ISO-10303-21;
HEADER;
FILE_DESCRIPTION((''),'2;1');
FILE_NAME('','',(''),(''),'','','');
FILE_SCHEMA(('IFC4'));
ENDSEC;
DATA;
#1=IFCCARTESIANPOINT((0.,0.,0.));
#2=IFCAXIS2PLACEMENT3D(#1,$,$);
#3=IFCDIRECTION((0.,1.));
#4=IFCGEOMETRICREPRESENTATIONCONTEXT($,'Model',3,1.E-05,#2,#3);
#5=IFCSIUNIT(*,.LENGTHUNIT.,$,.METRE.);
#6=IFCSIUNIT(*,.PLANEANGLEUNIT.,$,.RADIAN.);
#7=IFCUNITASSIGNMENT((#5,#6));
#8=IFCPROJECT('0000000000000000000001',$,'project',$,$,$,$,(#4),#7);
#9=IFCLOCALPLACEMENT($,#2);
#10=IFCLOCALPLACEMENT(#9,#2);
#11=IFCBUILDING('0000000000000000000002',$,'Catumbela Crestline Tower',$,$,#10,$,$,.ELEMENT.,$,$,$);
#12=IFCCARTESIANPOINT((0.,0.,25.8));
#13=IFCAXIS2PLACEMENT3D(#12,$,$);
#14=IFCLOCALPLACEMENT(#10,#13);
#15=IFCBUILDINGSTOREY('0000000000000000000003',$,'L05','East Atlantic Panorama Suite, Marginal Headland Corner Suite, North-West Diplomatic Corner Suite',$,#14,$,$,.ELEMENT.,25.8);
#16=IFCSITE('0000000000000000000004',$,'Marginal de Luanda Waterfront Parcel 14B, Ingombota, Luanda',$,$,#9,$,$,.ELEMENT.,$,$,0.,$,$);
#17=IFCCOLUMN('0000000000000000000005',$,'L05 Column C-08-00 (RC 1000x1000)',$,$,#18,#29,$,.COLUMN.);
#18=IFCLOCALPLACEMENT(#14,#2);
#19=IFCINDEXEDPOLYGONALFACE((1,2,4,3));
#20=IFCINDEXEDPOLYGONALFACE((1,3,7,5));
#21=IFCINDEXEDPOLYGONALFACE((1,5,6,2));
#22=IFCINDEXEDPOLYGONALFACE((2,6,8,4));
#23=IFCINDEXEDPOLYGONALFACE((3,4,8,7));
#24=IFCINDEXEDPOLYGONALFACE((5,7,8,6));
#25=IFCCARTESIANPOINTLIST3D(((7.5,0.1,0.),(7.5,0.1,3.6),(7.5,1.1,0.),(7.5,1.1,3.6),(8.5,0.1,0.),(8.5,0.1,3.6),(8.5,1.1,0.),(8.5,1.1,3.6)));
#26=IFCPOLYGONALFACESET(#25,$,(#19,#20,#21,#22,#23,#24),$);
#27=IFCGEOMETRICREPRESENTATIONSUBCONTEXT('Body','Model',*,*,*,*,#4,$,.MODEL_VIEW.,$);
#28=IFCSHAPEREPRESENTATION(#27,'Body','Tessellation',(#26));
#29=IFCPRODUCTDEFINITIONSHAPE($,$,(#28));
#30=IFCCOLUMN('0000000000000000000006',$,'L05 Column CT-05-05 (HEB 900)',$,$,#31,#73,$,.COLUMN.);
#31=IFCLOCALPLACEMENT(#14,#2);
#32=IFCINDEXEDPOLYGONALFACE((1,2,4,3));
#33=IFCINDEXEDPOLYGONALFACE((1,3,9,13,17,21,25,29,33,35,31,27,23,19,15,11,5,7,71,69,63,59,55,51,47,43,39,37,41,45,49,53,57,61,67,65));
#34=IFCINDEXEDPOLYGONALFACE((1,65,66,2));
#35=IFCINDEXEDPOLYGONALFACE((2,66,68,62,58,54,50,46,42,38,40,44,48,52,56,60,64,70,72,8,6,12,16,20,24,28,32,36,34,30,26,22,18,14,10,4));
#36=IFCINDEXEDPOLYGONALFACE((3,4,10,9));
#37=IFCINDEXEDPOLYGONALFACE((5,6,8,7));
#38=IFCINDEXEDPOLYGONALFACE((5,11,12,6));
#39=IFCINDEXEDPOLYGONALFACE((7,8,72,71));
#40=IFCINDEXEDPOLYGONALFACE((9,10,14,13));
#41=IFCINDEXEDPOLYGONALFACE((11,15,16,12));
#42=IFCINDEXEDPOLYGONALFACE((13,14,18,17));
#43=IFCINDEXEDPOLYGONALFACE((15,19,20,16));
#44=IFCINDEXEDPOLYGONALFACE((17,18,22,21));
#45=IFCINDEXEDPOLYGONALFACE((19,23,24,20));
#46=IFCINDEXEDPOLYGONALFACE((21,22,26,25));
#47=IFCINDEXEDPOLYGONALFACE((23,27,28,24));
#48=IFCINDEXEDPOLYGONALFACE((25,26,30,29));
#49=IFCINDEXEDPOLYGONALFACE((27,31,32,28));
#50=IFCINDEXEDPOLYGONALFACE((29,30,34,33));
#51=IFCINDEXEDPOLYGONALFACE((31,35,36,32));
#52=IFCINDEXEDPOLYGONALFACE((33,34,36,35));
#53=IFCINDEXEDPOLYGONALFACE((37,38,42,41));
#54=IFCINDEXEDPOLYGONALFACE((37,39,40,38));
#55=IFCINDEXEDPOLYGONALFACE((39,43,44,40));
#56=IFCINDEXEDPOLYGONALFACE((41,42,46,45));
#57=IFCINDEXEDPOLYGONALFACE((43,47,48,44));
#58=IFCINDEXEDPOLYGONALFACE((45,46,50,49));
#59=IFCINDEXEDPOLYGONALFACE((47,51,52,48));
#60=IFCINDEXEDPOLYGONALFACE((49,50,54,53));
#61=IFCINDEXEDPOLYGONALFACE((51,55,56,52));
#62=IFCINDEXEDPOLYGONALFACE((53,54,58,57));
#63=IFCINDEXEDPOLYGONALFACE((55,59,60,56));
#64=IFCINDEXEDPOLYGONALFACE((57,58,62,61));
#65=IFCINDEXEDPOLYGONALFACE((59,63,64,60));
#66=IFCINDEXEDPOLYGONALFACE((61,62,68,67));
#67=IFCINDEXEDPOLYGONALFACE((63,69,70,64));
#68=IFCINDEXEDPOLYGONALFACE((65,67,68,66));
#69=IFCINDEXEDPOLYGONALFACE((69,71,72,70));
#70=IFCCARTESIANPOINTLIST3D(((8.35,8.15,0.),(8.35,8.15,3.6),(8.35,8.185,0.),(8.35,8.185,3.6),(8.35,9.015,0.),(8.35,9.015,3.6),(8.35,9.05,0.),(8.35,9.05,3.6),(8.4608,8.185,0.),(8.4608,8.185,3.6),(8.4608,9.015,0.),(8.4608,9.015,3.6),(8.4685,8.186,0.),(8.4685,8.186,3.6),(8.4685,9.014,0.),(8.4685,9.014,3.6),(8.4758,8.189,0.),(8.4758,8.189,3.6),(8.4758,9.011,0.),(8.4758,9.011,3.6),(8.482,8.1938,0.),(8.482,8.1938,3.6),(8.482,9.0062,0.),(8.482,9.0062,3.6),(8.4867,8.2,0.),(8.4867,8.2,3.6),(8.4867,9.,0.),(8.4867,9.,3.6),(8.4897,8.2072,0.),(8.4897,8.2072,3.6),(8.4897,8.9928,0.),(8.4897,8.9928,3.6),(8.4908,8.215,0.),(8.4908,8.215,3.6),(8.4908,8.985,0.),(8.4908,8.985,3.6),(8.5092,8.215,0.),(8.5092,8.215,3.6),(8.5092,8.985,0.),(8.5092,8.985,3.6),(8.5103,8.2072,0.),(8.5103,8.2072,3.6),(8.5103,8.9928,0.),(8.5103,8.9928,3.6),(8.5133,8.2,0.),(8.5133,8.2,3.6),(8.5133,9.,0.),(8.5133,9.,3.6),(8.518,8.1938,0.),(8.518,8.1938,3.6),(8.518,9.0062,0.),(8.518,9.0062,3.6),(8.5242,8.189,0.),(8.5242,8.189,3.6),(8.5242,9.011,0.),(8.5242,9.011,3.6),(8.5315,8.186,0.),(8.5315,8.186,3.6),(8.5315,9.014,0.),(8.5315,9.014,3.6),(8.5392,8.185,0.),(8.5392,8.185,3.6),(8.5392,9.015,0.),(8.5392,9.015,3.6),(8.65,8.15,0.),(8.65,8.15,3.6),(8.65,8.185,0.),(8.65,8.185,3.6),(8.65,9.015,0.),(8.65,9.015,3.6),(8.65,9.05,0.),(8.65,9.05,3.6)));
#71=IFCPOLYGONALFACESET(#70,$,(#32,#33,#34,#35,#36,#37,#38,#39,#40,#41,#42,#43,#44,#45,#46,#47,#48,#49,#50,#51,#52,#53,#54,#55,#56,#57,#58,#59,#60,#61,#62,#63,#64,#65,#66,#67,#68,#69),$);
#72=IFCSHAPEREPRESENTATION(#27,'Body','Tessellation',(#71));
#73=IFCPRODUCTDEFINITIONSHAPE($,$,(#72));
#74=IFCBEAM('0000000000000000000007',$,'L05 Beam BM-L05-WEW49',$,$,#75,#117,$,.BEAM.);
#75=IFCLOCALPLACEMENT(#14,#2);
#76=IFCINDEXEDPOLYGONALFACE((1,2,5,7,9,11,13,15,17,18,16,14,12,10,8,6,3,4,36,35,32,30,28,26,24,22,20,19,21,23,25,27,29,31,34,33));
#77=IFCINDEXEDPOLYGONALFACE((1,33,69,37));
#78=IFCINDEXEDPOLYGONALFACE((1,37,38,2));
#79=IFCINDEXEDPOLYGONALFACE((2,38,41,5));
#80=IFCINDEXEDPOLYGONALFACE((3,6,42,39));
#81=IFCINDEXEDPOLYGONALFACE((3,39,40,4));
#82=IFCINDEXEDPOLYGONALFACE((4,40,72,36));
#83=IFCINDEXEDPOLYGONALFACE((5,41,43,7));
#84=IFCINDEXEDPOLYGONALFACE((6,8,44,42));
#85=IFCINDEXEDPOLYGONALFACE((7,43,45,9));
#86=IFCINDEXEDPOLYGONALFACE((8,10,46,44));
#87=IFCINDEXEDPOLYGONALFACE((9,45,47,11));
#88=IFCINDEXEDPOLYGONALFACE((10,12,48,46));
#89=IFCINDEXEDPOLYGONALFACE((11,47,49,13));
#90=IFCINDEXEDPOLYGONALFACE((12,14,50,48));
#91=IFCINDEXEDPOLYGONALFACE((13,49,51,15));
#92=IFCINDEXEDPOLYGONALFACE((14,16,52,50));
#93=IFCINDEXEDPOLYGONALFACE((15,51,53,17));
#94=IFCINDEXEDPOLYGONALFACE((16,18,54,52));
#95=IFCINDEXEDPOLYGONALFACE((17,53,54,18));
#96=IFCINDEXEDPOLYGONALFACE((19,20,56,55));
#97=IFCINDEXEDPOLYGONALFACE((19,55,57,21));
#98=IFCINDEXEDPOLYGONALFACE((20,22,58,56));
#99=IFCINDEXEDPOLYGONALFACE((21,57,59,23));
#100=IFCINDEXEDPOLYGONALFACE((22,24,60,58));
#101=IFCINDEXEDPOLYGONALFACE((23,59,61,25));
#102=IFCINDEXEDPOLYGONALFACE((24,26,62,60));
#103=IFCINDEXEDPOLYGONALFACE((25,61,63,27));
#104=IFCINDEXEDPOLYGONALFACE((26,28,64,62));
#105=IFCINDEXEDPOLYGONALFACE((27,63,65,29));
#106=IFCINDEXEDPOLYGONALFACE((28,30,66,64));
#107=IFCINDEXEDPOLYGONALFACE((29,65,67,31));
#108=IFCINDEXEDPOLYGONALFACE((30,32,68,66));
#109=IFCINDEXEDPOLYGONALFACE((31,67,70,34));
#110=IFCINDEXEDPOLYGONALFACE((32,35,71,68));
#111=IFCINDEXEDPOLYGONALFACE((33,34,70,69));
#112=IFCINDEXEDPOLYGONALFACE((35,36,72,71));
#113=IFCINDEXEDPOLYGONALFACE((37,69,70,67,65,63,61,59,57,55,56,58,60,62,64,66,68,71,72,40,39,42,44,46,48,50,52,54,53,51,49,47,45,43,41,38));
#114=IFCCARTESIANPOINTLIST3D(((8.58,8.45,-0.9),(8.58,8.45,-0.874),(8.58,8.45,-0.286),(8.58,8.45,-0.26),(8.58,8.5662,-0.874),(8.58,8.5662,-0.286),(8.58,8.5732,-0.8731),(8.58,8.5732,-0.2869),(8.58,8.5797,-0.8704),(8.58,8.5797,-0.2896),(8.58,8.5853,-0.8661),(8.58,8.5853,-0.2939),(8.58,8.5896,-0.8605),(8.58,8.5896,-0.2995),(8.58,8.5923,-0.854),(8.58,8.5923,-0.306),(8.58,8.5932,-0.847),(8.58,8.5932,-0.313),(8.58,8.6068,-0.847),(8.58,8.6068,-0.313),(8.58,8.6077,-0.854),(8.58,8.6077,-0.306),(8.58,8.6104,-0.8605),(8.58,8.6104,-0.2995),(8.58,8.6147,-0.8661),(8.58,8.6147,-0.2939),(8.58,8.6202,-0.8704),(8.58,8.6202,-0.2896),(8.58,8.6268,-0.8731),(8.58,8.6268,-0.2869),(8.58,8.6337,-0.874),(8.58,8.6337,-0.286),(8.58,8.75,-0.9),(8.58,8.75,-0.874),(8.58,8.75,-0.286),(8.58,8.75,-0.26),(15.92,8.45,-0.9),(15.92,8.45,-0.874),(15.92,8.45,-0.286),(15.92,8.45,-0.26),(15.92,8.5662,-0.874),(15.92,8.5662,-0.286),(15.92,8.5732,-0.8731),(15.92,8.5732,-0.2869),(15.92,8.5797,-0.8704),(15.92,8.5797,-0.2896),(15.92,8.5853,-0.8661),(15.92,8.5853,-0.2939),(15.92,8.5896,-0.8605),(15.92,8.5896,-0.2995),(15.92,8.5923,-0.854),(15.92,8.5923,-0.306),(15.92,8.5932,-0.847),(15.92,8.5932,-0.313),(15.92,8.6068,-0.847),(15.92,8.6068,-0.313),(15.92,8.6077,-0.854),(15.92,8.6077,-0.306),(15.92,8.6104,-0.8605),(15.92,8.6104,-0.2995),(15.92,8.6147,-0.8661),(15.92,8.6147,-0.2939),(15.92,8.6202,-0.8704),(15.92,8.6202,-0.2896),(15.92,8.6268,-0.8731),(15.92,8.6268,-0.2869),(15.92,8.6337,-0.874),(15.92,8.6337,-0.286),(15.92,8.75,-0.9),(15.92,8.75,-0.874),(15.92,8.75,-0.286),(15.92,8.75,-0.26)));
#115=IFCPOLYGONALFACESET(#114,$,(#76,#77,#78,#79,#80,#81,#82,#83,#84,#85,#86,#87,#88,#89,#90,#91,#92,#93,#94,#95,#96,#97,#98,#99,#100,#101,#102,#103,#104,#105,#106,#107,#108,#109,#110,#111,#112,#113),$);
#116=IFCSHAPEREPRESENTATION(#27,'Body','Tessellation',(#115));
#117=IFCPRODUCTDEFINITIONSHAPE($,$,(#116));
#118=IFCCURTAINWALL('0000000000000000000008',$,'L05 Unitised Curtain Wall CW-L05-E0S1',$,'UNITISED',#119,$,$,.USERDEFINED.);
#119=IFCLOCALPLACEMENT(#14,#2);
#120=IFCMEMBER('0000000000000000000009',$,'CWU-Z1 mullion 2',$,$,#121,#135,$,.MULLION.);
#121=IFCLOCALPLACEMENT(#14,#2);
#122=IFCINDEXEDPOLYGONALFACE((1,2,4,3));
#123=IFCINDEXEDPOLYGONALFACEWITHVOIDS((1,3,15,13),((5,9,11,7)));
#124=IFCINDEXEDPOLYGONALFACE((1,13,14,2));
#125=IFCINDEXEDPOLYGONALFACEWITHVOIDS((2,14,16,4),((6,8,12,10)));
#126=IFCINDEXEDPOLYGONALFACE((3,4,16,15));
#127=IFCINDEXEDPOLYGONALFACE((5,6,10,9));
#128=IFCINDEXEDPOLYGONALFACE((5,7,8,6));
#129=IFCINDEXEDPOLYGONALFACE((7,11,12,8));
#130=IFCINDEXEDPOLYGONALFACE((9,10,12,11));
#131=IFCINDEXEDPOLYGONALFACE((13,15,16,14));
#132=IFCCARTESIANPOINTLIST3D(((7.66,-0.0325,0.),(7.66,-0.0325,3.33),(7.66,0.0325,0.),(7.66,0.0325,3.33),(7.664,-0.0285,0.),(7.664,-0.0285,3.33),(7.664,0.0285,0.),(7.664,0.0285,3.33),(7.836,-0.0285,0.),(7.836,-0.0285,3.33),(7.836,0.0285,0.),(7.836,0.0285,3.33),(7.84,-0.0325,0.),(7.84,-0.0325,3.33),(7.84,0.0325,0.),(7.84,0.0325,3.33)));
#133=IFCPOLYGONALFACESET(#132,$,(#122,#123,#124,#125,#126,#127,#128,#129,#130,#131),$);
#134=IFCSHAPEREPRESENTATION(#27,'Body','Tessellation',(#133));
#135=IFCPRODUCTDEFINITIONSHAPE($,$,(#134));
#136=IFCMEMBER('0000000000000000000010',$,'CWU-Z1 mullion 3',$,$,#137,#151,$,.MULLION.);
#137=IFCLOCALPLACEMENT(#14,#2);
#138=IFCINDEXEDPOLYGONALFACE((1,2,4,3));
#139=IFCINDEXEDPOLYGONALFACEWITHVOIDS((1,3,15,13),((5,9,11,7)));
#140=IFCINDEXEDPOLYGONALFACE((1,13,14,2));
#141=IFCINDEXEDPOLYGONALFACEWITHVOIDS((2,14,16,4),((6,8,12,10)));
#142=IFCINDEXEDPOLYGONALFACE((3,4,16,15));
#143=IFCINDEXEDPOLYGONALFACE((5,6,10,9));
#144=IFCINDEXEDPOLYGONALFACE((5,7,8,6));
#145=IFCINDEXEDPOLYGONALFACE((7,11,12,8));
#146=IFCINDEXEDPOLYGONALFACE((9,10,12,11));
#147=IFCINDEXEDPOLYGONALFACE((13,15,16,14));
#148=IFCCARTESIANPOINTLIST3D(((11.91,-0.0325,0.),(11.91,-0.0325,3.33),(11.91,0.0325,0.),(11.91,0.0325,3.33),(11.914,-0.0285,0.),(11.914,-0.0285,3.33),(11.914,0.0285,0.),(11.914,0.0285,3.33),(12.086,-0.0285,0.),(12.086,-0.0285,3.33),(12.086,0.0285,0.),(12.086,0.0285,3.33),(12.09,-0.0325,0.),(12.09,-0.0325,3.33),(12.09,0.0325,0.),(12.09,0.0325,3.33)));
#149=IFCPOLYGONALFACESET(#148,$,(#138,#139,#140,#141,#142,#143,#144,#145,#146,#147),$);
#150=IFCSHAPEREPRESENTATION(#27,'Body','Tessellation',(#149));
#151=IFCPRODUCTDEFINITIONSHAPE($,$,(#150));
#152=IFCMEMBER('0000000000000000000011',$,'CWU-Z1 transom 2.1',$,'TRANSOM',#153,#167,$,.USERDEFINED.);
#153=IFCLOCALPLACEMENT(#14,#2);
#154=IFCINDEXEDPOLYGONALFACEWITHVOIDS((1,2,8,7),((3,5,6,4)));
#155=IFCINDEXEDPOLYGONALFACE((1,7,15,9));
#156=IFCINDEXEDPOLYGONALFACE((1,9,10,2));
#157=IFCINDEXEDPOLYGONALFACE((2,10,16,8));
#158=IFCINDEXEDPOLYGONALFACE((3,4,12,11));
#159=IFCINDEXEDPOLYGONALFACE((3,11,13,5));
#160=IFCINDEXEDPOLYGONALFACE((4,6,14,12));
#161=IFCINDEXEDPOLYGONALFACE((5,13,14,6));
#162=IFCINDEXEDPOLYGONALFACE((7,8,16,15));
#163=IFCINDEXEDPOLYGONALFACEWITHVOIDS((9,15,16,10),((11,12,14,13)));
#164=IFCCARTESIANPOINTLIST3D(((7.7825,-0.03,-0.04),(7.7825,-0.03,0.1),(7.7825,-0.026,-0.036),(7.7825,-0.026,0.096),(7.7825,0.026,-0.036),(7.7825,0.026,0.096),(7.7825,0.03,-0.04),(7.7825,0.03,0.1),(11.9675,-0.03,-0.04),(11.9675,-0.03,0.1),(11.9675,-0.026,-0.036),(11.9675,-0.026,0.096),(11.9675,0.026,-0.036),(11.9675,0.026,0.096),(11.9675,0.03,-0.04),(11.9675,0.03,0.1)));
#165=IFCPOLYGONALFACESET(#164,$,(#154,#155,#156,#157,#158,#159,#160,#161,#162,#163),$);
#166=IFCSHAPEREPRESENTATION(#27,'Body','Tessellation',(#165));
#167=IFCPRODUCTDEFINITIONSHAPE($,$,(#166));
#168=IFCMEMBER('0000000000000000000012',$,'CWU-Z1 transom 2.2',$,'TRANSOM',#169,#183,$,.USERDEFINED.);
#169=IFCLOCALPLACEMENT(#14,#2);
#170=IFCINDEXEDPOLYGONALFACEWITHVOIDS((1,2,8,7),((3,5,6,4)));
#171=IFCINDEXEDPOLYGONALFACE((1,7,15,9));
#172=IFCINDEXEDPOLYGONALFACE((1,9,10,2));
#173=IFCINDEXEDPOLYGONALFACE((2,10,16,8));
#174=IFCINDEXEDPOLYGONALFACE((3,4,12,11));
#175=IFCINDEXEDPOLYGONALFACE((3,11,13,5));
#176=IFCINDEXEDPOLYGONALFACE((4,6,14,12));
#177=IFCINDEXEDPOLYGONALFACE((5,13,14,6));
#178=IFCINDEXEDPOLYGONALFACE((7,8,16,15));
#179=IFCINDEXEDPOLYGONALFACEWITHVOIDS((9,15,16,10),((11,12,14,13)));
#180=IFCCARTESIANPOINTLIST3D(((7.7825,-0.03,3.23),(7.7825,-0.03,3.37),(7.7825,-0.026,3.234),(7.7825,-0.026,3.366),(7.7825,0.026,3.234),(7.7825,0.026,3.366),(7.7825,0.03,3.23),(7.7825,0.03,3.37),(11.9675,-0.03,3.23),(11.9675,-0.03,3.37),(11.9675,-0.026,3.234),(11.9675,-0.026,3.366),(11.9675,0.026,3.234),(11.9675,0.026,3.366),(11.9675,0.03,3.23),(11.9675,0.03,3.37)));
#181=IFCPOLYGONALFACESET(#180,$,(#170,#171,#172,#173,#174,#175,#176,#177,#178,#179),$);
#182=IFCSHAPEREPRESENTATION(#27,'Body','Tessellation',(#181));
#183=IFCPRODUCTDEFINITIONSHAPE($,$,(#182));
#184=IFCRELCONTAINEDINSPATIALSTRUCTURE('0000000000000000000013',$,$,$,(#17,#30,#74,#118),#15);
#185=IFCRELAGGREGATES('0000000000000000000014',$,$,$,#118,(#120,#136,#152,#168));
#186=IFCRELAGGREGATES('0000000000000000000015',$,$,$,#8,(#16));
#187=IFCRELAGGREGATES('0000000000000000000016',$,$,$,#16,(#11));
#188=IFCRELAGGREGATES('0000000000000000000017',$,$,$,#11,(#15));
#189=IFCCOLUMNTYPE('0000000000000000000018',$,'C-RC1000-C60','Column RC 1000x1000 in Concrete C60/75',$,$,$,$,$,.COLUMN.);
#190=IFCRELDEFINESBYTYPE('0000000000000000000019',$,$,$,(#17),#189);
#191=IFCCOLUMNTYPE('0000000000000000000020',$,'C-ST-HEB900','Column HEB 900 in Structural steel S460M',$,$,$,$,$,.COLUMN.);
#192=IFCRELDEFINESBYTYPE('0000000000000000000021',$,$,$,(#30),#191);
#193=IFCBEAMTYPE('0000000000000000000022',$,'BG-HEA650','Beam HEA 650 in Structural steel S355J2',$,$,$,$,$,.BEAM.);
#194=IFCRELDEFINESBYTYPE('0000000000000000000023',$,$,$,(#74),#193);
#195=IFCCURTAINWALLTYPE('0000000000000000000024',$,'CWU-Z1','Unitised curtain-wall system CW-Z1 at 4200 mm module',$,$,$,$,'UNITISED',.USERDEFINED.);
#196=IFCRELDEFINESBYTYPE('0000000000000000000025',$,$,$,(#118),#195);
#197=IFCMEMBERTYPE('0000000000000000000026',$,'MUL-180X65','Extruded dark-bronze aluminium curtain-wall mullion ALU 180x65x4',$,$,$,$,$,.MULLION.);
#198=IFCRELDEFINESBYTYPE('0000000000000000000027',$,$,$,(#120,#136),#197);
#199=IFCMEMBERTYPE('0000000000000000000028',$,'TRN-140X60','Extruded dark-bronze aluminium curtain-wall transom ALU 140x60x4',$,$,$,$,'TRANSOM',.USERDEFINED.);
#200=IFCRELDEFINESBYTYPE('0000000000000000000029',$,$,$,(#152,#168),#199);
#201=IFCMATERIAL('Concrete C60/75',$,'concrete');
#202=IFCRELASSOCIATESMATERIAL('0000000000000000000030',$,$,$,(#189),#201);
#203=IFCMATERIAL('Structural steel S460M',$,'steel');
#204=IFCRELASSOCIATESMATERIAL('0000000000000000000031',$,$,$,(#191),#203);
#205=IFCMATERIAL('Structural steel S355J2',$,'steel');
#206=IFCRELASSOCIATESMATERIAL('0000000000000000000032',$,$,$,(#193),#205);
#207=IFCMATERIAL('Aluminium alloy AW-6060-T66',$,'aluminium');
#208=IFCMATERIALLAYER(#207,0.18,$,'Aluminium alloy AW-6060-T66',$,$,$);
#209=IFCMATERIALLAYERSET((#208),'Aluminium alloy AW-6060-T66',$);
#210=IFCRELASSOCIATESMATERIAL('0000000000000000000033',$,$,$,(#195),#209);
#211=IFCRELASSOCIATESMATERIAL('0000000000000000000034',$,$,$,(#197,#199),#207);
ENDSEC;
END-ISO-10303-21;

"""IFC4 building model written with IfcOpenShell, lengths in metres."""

from ifc_helpers import new_model, si_unit, direction, frame, origin, origin_2d, place, context, subcontext, project, spatial, rectangle, hollow_rectangle, i_section, extrude, material, layer, layer_set, material_profile, profile_set, type_object, element, aggregate, save


model = new_model("IFC4")

# Units and contexts
model_context = context("Model", 3, precision=1e-05, world=origin(), true_north=direction((0.0, 1.0)))
body_context = subcontext(model_context, "Body", "Model", "MODEL_VIEW")
ifc_project = project(units=[si_unit("LENGTHUNIT", "METRE"), si_unit("PLANEANGLEUNIT", "RADIAN")], contexts=[model_context])

# Site, building, storey
site_placement = place(None, origin())
site = spatial("IfcSite", under=ifc_project, at=site_placement, Name="Marginal de Luanda Waterfront Parcel 14B, Ingombota, Luanda", CompositionType="ELEMENT", RefElevation=0.0)
building_placement = place(site_placement, origin())
building = spatial("IfcBuilding", under=site, at=building_placement, Name="Catumbela Crestline Tower", CompositionType="ELEMENT")
storey_placement = place(building_placement, frame((0.0, 0.0, 25.8)))
storey = spatial("IfcBuildingStorey", under=building, at=storey_placement, Name="L05", Description="East Atlantic Panorama Suite, Marginal Headland Corner Suite, North-West Diplomatic Corner Suite", CompositionType="ELEMENT", Elevation=25.8)

# Columns
ifc_material_1 = material(Name="Concrete C60/75", Category="concrete")
ifc_material_profile_1 = material_profile(ifc_material_1, rectangle(XDim=1.0, YDim=1.0, at=origin_2d()), Name="RC 1000x1000")
ifc_profile_set_1 = profile_set([ifc_material_profile_1], Name="Concrete C60/75")
column_type_1 = type_object("IfcColumnType", Name="C-RC1000-C60", Description="Column RC 1000x1000 in Concrete C60/75", PredefinedType="COLUMN", material=ifc_profile_set_1)
column_1_placement = place(storey_placement, frame((8.0, 0.6, 0.0), z_axis=(0.0, 0.0, 1.0), x_axis=(1.0, 0.0, 0.0)))
element("IfcColumn", 1, at=column_1_placement, inside=storey, type_object=column_type_1, Name="L05 Column C-08-00 (RC 1000x1000)", PredefinedType="COLUMN", context=body_context, shape_type="SweptSolid", body=[
    extrude(rectangle(XDim=1.0, YDim=1.0, at=origin_2d()), origin(), (0.0, 0.0, 1.0), 3.6),
])
ifc_material_2 = material(Name="Structural steel S460M", Category="steel")
ifc_material_profile_2 = material_profile(ifc_material_2, i_section(OverallWidth=0.3, OverallDepth=0.9, WebThickness=0.0185, FlangeThickness=0.035, FilletRadius=0.03, at=origin_2d()), Name="HEB 900")
ifc_profile_set_2 = profile_set([ifc_material_profile_2], Name="Structural steel S460M")
column_type_2 = type_object("IfcColumnType", Name="C-ST-HEB900", Description="Column HEB 900 in Structural steel S460M", PredefinedType="COLUMN", material=ifc_profile_set_2)
column_2_placement = place(storey_placement, frame((8.5, 8.6, 0.0), z_axis=(0.0, 0.0, 1.0), x_axis=(1.0, 0.0, 0.0)))
element("IfcColumn", 2, at=column_2_placement, inside=storey, type_object=column_type_2, Name="L05 Column CT-05-05 (HEB 900)", PredefinedType="COLUMN", context=body_context, shape_type="SweptSolid", body=[
    extrude(i_section(OverallWidth=0.3, OverallDepth=0.9, WebThickness=0.0185, FlangeThickness=0.035, FilletRadius=0.03, at=origin_2d()), origin(), (0.0, 0.0, 1.0), 3.6),
])

# Beam
ifc_material_3 = material(Name="Structural steel S355J2", Category="steel")
ifc_material_profile_3 = material_profile(ifc_material_3, i_section(OverallWidth=0.3, OverallDepth=0.64, WebThickness=0.0135, FlangeThickness=0.026, FilletRadius=0.027, at=origin_2d()), Name="HEA 650")
ifc_profile_set_3 = profile_set([ifc_material_profile_3], Name="Structural steel S355J2")
beam_type = type_object("IfcBeamType", Name="BG-HEA650", Description="Beam HEA 650 in Structural steel S355J2", PredefinedType="BEAM", material=ifc_profile_set_3)
beam_placement = place(storey_placement, frame((8.58, 8.6, -0.58), z_axis=(1.0, 0.0, 0.0), x_axis=(0.0, 1.0, 0.0)))
element("IfcBeam", 3, at=beam_placement, inside=storey, type_object=beam_type, Name="L05 Beam BM-L05-WEW49", PredefinedType="BEAM", context=body_context, shape_type="SweptSolid", body=[
    extrude(i_section(OverallWidth=0.3, OverallDepth=0.64, WebThickness=0.0135, FlangeThickness=0.026, FilletRadius=0.027, at=origin_2d()), origin(), (0.0, 0.0, 1.0), 7.34),
])

# Curtain wall, members
ifc_material_4 = material(Name="Aluminium alloy AW-6060-T66", Category="aluminium")
ifc_layer_1 = layer(ifc_material_4, 0.18, Name="Aluminium alloy AW-6060-T66")
ifc_layer_set_1 = layer_set([ifc_layer_1], Name="Aluminium alloy AW-6060-T66")
curtain_wall_type = type_object("IfcCurtainWallType", Name="CWU-Z1", Description="Unitised curtain-wall system CW-Z1 at 4200 mm module", ElementType="UNITISED", PredefinedType="USERDEFINED", material=ifc_layer_set_1)
curtain_wall_placement = place(storey_placement, origin())
curtain_wall = element("IfcCurtainWall", 4, at=curtain_wall_placement, inside=storey, type_object=curtain_wall_type, Name="L05 Unitised Curtain Wall CW-L05-E0S1", ObjectType="UNITISED", PredefinedType="USERDEFINED")
ifc_material_profile_4 = material_profile(ifc_material_4, hollow_rectangle(XDim=0.065, YDim=0.18, WallThickness=0.004, at=origin_2d()), Name="ALU 180x65x4")
ifc_profile_set_4 = profile_set([ifc_material_profile_4], Name="Aluminium alloy AW-6060-T66")
member_type_1 = type_object("IfcMemberType", Name="MUL-180X65", Description="Extruded dark-bronze aluminium curtain-wall mullion ALU 180x65x4", PredefinedType="MULLION", material=ifc_profile_set_4)
member_1_placement = place(storey_placement, frame((7.75, 0.0, 0.0), z_axis=(0.0, 0.0, 1.0), x_axis=(0.0, 1.0, 0.0)))
member_1 = element("IfcMember", 5, at=member_1_placement, type_object=member_type_1, Name="CWU-Z1 mullion 2", PredefinedType="MULLION", context=body_context, shape_type="SweptSolid", body=[
    extrude(hollow_rectangle(XDim=0.065, YDim=0.18, WallThickness=0.004, at=origin_2d()), origin(), (0.0, 0.0, 1.0), 3.33),
])
member_2_placement = place(storey_placement, frame((12.0, 0.0, 0.0), z_axis=(0.0, 0.0, 1.0), x_axis=(0.0, 1.0, 0.0)))
member_2 = element("IfcMember", 6, at=member_2_placement, type_object=member_type_1, Name="CWU-Z1 mullion 3", PredefinedType="MULLION", context=body_context, shape_type="SweptSolid", body=[
    extrude(hollow_rectangle(XDim=0.065, YDim=0.18, WallThickness=0.004, at=origin_2d()), origin(), (0.0, 0.0, 1.0), 3.33),
])
ifc_material_profile_5 = material_profile(ifc_material_4, hollow_rectangle(XDim=0.06, YDim=0.14, WallThickness=0.004, at=origin_2d()), Name="ALU 140x60x4")
ifc_profile_set_5 = profile_set([ifc_material_profile_5], Name="Aluminium alloy AW-6060-T66")
member_type_2 = type_object("IfcMemberType", Name="TRN-140X60", Description="Extruded dark-bronze aluminium curtain-wall transom ALU 140x60x4", ElementType="TRANSOM", PredefinedType="USERDEFINED", material=ifc_profile_set_5)
member_3_placement = place(storey_placement, frame((7.7825, 0.0, 0.03), z_axis=(1.0, 0.0, 0.0), x_axis=(0.0, 1.0, 0.0)))
member_3 = element("IfcMember", 7, at=member_3_placement, type_object=member_type_2, Name="CWU-Z1 transom 2.1", ObjectType="TRANSOM", PredefinedType="USERDEFINED", context=body_context, shape_type="SweptSolid", body=[
    extrude(hollow_rectangle(XDim=0.06, YDim=0.14, WallThickness=0.004, at=origin_2d()), origin(), (0.0, 0.0, 1.0), 4.185),
])
member_4_placement = place(storey_placement, frame((7.7825, 0.0, 3.3), z_axis=(1.0, 0.0, 0.0), x_axis=(0.0, 1.0, 0.0)))
member_4 = element("IfcMember", 8, at=member_4_placement, type_object=member_type_2, Name="CWU-Z1 transom 2.2", ObjectType="TRANSOM", PredefinedType="USERDEFINED", context=body_context, shape_type="SweptSolid", body=[
    extrude(hollow_rectangle(XDim=0.06, YDim=0.14, WallThickness=0.004, at=origin_2d()), origin(), (0.0, 0.0, 1.0), 4.185),
])
aggregate(curtain_wall, [member_1, member_2, member_3, member_4])

save(model, "model.ifc")
